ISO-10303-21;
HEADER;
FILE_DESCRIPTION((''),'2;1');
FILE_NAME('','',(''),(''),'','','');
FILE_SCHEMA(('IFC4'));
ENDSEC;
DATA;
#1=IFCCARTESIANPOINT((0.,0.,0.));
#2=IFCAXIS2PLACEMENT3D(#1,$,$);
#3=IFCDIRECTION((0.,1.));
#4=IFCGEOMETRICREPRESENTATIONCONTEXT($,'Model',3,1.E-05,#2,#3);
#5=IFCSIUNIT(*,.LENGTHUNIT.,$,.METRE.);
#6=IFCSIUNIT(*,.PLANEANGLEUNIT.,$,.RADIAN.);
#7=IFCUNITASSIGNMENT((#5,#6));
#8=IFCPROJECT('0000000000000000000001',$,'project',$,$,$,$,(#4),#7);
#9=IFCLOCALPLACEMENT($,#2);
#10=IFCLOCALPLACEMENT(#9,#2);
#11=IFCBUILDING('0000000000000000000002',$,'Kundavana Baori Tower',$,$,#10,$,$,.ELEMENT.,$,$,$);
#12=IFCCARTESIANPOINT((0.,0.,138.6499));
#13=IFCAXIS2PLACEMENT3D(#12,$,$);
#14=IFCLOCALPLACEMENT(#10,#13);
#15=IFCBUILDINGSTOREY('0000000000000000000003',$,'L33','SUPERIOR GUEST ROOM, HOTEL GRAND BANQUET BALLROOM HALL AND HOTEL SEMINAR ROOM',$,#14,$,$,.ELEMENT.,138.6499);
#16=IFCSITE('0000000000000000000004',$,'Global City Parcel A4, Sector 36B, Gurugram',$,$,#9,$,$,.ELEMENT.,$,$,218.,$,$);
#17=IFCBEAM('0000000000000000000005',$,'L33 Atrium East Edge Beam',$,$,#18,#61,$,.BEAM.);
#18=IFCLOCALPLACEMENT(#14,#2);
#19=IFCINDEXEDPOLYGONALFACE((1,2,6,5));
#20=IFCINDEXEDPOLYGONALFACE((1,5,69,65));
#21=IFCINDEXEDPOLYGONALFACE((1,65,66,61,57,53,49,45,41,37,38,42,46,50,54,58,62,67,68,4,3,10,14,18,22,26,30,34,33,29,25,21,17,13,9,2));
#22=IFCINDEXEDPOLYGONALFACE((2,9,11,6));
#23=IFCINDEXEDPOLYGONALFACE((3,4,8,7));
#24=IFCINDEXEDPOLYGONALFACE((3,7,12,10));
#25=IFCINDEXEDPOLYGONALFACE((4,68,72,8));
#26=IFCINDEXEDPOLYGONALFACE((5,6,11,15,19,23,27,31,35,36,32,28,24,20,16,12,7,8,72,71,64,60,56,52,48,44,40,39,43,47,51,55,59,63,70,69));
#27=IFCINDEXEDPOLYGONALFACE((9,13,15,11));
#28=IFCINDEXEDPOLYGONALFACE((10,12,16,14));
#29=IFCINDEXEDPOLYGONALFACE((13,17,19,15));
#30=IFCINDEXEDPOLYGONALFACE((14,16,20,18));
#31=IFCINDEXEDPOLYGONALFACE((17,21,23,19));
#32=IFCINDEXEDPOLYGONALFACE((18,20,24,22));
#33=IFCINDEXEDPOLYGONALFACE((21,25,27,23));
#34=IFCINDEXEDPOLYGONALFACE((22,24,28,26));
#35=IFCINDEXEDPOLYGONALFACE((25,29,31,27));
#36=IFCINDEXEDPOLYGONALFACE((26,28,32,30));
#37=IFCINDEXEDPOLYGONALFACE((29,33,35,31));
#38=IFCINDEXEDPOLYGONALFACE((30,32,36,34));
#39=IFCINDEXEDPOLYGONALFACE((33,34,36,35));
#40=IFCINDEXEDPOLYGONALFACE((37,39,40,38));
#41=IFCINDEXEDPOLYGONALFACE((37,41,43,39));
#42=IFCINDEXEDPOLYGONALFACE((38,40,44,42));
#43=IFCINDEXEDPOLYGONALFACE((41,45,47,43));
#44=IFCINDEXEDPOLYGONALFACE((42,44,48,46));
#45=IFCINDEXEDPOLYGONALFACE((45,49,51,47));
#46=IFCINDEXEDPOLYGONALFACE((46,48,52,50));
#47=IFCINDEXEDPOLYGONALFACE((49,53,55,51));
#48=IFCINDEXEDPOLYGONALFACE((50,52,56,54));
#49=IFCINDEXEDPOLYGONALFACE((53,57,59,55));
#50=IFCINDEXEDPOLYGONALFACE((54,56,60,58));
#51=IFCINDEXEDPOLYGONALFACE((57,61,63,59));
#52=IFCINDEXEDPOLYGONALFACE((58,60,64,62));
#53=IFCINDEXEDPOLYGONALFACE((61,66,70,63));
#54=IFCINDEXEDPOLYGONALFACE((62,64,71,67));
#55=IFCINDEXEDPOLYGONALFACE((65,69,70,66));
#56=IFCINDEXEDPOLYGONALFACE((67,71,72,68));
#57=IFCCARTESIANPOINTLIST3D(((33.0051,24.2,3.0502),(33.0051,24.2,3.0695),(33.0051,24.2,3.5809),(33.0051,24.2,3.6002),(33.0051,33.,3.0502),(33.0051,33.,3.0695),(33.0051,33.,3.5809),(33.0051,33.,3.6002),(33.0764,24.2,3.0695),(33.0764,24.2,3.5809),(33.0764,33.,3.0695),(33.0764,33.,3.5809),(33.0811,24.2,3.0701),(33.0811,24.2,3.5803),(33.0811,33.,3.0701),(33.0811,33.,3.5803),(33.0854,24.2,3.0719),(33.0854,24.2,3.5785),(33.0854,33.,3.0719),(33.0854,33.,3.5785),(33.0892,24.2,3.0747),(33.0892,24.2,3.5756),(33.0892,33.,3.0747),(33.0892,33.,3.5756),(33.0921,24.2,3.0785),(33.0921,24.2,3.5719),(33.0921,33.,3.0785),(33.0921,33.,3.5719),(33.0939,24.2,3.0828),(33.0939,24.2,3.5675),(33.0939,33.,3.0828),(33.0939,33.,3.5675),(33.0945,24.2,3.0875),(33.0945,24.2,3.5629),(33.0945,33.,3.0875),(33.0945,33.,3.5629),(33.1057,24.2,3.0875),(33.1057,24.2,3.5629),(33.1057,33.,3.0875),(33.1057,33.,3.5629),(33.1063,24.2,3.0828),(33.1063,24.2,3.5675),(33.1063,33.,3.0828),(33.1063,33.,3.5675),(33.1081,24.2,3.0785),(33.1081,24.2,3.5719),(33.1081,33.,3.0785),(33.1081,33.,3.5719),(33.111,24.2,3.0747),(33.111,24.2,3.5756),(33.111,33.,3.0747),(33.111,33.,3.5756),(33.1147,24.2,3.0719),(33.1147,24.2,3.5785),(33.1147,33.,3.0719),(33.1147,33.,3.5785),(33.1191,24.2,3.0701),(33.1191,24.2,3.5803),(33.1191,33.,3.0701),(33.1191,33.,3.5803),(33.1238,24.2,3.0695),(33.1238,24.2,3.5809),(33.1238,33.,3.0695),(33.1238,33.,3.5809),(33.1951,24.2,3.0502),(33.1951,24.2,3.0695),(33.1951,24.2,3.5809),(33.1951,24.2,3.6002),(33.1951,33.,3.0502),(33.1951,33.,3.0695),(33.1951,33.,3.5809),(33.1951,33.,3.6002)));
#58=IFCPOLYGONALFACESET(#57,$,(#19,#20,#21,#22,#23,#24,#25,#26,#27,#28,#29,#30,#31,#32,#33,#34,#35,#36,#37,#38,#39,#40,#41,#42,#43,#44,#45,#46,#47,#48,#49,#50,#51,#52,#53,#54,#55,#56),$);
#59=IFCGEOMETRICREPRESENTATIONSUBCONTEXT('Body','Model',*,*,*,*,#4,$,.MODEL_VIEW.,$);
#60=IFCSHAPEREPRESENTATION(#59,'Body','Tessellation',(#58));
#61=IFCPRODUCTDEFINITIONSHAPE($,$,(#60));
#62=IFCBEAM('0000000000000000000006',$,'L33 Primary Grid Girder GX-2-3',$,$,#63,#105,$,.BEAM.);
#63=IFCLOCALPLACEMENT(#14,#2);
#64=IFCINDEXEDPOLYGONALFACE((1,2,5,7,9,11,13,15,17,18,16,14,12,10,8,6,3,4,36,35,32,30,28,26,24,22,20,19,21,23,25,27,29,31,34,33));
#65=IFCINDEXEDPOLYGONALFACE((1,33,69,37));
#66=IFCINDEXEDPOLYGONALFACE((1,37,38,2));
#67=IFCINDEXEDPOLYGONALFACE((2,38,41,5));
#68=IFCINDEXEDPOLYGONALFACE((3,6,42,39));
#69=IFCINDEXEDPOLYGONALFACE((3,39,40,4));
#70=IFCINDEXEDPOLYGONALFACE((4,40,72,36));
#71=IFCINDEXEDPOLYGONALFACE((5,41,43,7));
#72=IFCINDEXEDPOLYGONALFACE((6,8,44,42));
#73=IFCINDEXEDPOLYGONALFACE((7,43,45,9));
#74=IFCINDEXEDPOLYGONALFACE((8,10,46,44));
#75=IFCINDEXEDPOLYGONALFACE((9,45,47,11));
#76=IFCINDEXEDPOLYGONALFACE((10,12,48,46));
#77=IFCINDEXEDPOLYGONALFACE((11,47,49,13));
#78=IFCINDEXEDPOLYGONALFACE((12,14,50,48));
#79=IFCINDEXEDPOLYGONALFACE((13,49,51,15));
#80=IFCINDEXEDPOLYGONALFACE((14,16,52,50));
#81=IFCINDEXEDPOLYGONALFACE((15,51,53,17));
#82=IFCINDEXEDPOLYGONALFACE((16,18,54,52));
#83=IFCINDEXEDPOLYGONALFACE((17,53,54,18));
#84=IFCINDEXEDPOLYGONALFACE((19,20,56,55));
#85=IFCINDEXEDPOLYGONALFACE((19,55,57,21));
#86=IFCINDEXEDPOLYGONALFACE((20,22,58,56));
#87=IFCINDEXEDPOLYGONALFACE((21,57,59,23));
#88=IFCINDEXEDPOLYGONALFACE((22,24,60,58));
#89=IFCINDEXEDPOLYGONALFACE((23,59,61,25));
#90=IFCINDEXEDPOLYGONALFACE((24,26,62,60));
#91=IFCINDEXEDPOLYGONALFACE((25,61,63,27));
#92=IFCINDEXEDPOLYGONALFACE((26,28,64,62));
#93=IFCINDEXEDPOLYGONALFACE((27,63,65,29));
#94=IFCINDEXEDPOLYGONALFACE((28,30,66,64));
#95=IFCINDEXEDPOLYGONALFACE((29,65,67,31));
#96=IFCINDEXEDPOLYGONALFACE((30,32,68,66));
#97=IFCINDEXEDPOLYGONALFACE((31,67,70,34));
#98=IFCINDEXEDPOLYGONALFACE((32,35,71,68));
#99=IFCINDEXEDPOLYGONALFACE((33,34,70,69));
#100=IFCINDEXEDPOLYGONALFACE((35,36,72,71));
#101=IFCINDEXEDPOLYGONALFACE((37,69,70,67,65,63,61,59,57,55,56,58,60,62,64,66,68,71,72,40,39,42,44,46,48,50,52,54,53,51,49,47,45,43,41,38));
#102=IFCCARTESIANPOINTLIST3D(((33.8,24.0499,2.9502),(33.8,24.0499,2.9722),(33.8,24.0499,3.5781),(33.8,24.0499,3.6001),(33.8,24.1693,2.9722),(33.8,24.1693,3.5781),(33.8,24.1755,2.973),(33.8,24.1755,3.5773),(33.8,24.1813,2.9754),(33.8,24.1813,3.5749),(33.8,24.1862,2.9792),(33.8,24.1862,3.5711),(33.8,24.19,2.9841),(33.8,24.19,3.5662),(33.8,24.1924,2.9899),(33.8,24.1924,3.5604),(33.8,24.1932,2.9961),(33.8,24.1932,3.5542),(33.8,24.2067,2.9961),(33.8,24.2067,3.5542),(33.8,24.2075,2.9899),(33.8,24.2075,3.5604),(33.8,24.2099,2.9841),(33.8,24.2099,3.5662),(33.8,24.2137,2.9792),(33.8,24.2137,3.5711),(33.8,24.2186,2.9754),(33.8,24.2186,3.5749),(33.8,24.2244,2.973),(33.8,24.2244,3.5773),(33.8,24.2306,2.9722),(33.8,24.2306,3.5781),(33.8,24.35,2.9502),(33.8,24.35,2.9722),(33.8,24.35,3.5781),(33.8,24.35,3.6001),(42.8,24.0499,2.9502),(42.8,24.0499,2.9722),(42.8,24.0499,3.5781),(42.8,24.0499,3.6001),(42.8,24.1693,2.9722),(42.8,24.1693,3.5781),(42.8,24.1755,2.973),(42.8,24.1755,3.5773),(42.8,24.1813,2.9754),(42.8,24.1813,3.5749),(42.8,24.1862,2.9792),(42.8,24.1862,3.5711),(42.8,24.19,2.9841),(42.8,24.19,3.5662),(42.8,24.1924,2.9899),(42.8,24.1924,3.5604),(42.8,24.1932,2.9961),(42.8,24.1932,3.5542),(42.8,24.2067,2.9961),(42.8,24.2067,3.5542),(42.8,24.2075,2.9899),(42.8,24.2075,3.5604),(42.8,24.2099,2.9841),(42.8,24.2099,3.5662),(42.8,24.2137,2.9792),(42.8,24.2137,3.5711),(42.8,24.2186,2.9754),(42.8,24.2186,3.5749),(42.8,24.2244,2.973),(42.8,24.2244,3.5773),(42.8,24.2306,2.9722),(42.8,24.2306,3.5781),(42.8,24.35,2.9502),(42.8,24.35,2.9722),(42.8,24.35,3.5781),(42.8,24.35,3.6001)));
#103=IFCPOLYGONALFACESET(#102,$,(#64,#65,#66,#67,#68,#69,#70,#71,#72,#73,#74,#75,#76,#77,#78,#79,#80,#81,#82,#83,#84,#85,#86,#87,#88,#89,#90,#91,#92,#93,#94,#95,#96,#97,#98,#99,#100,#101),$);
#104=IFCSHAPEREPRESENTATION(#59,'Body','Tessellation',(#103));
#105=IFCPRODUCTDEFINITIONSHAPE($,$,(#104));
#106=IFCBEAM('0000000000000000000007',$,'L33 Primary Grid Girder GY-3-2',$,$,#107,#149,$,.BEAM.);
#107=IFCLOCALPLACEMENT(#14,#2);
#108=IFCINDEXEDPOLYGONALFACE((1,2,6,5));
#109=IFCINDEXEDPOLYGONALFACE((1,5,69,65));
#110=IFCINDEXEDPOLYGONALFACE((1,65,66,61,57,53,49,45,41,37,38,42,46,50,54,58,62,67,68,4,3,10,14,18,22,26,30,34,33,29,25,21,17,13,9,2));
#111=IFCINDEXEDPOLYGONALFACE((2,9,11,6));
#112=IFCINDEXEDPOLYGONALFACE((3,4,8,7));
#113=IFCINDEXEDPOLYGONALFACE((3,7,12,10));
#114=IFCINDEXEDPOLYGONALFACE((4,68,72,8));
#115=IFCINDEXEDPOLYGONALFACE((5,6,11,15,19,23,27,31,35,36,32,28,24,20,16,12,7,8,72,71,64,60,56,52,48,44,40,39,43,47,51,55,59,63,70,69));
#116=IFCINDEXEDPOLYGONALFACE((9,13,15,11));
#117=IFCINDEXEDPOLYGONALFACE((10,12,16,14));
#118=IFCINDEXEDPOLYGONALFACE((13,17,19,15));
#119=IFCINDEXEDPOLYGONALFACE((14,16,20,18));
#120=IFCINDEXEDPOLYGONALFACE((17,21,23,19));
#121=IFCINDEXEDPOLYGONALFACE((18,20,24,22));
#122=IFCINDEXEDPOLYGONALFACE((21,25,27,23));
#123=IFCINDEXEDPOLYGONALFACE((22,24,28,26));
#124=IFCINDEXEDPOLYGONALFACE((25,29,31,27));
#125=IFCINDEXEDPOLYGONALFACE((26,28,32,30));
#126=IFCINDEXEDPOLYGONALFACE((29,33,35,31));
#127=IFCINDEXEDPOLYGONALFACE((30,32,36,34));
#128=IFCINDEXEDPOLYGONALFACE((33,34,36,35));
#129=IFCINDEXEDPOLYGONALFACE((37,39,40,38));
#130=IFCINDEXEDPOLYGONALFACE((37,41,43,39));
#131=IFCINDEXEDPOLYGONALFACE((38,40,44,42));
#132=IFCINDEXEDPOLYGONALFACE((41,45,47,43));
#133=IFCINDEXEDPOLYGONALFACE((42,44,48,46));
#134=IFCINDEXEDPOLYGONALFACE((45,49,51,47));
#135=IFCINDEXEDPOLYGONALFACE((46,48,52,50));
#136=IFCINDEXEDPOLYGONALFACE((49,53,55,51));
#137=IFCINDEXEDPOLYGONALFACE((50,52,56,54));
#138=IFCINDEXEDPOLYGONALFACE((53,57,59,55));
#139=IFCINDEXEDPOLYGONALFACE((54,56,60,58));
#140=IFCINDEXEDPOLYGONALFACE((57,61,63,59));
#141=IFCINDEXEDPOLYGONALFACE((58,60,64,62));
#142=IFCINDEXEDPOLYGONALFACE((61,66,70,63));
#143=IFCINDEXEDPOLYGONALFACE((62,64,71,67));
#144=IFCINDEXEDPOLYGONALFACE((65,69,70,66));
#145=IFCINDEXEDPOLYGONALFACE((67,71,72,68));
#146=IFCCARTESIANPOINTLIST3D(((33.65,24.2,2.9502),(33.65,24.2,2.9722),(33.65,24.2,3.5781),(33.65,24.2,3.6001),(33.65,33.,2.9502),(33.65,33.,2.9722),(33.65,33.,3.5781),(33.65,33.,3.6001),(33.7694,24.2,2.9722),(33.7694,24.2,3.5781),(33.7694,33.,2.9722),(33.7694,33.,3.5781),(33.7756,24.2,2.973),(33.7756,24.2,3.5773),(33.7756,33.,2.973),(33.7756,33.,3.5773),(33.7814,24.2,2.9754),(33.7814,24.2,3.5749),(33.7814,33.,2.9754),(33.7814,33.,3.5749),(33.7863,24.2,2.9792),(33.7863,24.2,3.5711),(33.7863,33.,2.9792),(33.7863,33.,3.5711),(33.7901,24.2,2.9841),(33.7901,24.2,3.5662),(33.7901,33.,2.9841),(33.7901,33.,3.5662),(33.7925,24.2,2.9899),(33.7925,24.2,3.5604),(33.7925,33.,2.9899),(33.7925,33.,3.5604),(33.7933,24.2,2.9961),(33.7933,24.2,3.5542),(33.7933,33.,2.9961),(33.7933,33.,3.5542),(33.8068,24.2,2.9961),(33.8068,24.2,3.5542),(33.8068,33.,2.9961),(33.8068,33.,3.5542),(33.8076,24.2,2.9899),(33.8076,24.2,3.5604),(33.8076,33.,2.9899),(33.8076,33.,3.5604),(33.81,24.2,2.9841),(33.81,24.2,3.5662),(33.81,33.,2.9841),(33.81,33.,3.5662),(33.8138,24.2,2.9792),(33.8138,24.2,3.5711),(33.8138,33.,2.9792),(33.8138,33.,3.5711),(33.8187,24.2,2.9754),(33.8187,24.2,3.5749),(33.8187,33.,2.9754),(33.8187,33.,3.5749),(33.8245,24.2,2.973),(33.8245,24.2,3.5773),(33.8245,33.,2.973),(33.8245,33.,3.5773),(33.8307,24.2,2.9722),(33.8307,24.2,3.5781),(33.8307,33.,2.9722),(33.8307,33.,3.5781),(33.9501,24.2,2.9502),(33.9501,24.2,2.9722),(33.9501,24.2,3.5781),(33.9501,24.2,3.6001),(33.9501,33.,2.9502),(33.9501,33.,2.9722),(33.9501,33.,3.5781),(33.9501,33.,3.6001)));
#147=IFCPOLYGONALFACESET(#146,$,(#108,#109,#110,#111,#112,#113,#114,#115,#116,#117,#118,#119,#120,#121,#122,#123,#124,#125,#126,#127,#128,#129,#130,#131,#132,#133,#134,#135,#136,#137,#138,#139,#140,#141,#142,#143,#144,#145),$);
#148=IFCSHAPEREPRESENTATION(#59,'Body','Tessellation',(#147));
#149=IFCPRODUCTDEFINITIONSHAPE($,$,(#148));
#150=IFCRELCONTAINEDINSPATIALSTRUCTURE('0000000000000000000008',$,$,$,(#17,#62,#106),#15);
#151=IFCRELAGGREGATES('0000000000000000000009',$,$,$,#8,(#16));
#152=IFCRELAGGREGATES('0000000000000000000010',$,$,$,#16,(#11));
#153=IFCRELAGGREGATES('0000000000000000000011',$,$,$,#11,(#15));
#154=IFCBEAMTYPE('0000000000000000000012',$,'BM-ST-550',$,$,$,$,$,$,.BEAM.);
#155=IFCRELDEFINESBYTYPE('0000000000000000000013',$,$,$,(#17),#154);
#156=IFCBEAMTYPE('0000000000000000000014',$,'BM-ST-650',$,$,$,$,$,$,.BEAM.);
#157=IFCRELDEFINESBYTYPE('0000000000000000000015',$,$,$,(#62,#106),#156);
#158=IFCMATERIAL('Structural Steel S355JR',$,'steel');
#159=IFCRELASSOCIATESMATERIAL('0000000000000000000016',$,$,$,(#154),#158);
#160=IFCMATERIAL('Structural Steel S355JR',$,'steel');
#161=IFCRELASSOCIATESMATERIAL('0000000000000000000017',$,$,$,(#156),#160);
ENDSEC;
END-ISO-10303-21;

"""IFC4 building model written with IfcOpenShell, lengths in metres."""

from ifc_helpers import new_model, si_unit, direction, frame, origin, origin_2d, place, context, subcontext, project, spatial, i_section, extrude, material, material_profile, profile_set, type_object, element, save


model = new_model("IFC4")

# Units and contexts
model_context = context("Model", 3, precision=1e-05, world=origin(), true_north=direction((0.0, 1.0)))
body_context = subcontext(model_context, "Body", "Model", "MODEL_VIEW")
ifc_project = project(units=[si_unit("LENGTHUNIT", "METRE"), si_unit("PLANEANGLEUNIT", "RADIAN")], contexts=[model_context])

# Site, building, storey
site_placement = place(None, origin())
site = spatial("IfcSite", under=ifc_project, at=site_placement, Name="Global City Parcel A4, Sector 36B, Gurugram", CompositionType="ELEMENT", RefElevation=218.0)
building_placement = place(site_placement, origin())
building = spatial("IfcBuilding", under=site, at=building_placement, Name="Kundavana Baori Tower", CompositionType="ELEMENT")
storey_placement = place(building_placement, frame((0.0, 0.0, 138.6499)))
storey = spatial("IfcBuildingStorey", under=building, at=storey_placement, Name="L33", Description="SUPERIOR GUEST ROOM, HOTEL GRAND BANQUET BALLROOM HALL AND HOTEL SEMINAR ROOM", CompositionType="ELEMENT", Elevation=138.6499)

# Beams
ifc_material_1 = material(Name="Structural Steel S355JR", Category="steel")
ifc_material_profile_1 = material_profile(ifc_material_1, i_section(OverallWidth=0.1899, OverallDepth=0.55, WebThickness=0.0112, FlangeThickness=0.0193, FilletRadius=0.0181, at=origin_2d()), Name="ISMB 550")
ifc_profile_set_1 = profile_set([ifc_material_profile_1], Name="Structural Steel S355JR")
beam_type_1 = type_object("IfcBeamType", Name="BM-ST-550", PredefinedType="BEAM", material=ifc_profile_set_1)
for number, where, z_axis, x_axis, name in (
    (1, (33.1001, 24.2, 3.3252), (0.0, 1.0, 0.0), (-1.0, 0.0, 0.0), "L33 Atrium East Edge Beam"),
):
    element("IfcBeam", number, at=place(storey_placement, frame(where, z_axis=z_axis, x_axis=x_axis)), inside=storey, type_object=beam_type_1, Name=name, PredefinedType="BEAM", context=body_context, shape_type="SweptSolid", body=[
        extrude(i_section(OverallWidth=0.1899, OverallDepth=0.55, WebThickness=0.0112, FlangeThickness=0.0193, FilletRadius=0.0181, at=origin_2d()), origin(), (0.0, 0.0, 1.0), 8.8),
    ])
ifc_material_2 = material(Name="Structural Steel S355JR", Category="steel")
ifc_material_profile_2 = material_profile(ifc_material_2, i_section(OverallWidth=0.3, OverallDepth=0.6499, WebThickness=0.0134, FlangeThickness=0.022, FilletRadius=0.0239, at=origin_2d()), Name="NPB 650x300x155")
ifc_profile_set_2 = profile_set([ifc_material_profile_2], Name="Structural Steel S355JR")
beam_type_2 = type_object("IfcBeamType", Name="BM-ST-650", PredefinedType="BEAM", material=ifc_profile_set_2)
beam_1_placement = place(storey_placement, frame((33.8, 24.2, 3.2751), z_axis=(1.0, 0.0, 0.0), x_axis=(0.0, 1.0, 0.0)))
element("IfcBeam", 2, at=beam_1_placement, inside=storey, type_object=beam_type_2, Name="L33 Primary Grid Girder GX-2-3", PredefinedType="BEAM", context=body_context, shape_type="SweptSolid", body=[
    extrude(i_section(OverallWidth=0.3, OverallDepth=0.6499, WebThickness=0.0134, FlangeThickness=0.022, FilletRadius=0.0239, at=origin_2d()), origin(), (0.0, 0.0, 1.0), 9.0),
])
beam_2_placement = place(storey_placement, frame((33.8, 24.2, 3.2751), z_axis=(0.0, 1.0, 0.0), x_axis=(-1.0, 0.0, 0.0)))
element("IfcBeam", 3, at=beam_2_placement, inside=storey, type_object=beam_type_2, Name="L33 Primary Grid Girder GY-3-2", PredefinedType="BEAM", context=body_context, shape_type="SweptSolid", body=[
    extrude(i_section(OverallWidth=0.3, OverallDepth=0.6499, WebThickness=0.0134, FlangeThickness=0.022, FilletRadius=0.0239, at=origin_2d()), origin(), (0.0, 0.0, 1.0), 8.8),
])

save(model, "model.ifc")
